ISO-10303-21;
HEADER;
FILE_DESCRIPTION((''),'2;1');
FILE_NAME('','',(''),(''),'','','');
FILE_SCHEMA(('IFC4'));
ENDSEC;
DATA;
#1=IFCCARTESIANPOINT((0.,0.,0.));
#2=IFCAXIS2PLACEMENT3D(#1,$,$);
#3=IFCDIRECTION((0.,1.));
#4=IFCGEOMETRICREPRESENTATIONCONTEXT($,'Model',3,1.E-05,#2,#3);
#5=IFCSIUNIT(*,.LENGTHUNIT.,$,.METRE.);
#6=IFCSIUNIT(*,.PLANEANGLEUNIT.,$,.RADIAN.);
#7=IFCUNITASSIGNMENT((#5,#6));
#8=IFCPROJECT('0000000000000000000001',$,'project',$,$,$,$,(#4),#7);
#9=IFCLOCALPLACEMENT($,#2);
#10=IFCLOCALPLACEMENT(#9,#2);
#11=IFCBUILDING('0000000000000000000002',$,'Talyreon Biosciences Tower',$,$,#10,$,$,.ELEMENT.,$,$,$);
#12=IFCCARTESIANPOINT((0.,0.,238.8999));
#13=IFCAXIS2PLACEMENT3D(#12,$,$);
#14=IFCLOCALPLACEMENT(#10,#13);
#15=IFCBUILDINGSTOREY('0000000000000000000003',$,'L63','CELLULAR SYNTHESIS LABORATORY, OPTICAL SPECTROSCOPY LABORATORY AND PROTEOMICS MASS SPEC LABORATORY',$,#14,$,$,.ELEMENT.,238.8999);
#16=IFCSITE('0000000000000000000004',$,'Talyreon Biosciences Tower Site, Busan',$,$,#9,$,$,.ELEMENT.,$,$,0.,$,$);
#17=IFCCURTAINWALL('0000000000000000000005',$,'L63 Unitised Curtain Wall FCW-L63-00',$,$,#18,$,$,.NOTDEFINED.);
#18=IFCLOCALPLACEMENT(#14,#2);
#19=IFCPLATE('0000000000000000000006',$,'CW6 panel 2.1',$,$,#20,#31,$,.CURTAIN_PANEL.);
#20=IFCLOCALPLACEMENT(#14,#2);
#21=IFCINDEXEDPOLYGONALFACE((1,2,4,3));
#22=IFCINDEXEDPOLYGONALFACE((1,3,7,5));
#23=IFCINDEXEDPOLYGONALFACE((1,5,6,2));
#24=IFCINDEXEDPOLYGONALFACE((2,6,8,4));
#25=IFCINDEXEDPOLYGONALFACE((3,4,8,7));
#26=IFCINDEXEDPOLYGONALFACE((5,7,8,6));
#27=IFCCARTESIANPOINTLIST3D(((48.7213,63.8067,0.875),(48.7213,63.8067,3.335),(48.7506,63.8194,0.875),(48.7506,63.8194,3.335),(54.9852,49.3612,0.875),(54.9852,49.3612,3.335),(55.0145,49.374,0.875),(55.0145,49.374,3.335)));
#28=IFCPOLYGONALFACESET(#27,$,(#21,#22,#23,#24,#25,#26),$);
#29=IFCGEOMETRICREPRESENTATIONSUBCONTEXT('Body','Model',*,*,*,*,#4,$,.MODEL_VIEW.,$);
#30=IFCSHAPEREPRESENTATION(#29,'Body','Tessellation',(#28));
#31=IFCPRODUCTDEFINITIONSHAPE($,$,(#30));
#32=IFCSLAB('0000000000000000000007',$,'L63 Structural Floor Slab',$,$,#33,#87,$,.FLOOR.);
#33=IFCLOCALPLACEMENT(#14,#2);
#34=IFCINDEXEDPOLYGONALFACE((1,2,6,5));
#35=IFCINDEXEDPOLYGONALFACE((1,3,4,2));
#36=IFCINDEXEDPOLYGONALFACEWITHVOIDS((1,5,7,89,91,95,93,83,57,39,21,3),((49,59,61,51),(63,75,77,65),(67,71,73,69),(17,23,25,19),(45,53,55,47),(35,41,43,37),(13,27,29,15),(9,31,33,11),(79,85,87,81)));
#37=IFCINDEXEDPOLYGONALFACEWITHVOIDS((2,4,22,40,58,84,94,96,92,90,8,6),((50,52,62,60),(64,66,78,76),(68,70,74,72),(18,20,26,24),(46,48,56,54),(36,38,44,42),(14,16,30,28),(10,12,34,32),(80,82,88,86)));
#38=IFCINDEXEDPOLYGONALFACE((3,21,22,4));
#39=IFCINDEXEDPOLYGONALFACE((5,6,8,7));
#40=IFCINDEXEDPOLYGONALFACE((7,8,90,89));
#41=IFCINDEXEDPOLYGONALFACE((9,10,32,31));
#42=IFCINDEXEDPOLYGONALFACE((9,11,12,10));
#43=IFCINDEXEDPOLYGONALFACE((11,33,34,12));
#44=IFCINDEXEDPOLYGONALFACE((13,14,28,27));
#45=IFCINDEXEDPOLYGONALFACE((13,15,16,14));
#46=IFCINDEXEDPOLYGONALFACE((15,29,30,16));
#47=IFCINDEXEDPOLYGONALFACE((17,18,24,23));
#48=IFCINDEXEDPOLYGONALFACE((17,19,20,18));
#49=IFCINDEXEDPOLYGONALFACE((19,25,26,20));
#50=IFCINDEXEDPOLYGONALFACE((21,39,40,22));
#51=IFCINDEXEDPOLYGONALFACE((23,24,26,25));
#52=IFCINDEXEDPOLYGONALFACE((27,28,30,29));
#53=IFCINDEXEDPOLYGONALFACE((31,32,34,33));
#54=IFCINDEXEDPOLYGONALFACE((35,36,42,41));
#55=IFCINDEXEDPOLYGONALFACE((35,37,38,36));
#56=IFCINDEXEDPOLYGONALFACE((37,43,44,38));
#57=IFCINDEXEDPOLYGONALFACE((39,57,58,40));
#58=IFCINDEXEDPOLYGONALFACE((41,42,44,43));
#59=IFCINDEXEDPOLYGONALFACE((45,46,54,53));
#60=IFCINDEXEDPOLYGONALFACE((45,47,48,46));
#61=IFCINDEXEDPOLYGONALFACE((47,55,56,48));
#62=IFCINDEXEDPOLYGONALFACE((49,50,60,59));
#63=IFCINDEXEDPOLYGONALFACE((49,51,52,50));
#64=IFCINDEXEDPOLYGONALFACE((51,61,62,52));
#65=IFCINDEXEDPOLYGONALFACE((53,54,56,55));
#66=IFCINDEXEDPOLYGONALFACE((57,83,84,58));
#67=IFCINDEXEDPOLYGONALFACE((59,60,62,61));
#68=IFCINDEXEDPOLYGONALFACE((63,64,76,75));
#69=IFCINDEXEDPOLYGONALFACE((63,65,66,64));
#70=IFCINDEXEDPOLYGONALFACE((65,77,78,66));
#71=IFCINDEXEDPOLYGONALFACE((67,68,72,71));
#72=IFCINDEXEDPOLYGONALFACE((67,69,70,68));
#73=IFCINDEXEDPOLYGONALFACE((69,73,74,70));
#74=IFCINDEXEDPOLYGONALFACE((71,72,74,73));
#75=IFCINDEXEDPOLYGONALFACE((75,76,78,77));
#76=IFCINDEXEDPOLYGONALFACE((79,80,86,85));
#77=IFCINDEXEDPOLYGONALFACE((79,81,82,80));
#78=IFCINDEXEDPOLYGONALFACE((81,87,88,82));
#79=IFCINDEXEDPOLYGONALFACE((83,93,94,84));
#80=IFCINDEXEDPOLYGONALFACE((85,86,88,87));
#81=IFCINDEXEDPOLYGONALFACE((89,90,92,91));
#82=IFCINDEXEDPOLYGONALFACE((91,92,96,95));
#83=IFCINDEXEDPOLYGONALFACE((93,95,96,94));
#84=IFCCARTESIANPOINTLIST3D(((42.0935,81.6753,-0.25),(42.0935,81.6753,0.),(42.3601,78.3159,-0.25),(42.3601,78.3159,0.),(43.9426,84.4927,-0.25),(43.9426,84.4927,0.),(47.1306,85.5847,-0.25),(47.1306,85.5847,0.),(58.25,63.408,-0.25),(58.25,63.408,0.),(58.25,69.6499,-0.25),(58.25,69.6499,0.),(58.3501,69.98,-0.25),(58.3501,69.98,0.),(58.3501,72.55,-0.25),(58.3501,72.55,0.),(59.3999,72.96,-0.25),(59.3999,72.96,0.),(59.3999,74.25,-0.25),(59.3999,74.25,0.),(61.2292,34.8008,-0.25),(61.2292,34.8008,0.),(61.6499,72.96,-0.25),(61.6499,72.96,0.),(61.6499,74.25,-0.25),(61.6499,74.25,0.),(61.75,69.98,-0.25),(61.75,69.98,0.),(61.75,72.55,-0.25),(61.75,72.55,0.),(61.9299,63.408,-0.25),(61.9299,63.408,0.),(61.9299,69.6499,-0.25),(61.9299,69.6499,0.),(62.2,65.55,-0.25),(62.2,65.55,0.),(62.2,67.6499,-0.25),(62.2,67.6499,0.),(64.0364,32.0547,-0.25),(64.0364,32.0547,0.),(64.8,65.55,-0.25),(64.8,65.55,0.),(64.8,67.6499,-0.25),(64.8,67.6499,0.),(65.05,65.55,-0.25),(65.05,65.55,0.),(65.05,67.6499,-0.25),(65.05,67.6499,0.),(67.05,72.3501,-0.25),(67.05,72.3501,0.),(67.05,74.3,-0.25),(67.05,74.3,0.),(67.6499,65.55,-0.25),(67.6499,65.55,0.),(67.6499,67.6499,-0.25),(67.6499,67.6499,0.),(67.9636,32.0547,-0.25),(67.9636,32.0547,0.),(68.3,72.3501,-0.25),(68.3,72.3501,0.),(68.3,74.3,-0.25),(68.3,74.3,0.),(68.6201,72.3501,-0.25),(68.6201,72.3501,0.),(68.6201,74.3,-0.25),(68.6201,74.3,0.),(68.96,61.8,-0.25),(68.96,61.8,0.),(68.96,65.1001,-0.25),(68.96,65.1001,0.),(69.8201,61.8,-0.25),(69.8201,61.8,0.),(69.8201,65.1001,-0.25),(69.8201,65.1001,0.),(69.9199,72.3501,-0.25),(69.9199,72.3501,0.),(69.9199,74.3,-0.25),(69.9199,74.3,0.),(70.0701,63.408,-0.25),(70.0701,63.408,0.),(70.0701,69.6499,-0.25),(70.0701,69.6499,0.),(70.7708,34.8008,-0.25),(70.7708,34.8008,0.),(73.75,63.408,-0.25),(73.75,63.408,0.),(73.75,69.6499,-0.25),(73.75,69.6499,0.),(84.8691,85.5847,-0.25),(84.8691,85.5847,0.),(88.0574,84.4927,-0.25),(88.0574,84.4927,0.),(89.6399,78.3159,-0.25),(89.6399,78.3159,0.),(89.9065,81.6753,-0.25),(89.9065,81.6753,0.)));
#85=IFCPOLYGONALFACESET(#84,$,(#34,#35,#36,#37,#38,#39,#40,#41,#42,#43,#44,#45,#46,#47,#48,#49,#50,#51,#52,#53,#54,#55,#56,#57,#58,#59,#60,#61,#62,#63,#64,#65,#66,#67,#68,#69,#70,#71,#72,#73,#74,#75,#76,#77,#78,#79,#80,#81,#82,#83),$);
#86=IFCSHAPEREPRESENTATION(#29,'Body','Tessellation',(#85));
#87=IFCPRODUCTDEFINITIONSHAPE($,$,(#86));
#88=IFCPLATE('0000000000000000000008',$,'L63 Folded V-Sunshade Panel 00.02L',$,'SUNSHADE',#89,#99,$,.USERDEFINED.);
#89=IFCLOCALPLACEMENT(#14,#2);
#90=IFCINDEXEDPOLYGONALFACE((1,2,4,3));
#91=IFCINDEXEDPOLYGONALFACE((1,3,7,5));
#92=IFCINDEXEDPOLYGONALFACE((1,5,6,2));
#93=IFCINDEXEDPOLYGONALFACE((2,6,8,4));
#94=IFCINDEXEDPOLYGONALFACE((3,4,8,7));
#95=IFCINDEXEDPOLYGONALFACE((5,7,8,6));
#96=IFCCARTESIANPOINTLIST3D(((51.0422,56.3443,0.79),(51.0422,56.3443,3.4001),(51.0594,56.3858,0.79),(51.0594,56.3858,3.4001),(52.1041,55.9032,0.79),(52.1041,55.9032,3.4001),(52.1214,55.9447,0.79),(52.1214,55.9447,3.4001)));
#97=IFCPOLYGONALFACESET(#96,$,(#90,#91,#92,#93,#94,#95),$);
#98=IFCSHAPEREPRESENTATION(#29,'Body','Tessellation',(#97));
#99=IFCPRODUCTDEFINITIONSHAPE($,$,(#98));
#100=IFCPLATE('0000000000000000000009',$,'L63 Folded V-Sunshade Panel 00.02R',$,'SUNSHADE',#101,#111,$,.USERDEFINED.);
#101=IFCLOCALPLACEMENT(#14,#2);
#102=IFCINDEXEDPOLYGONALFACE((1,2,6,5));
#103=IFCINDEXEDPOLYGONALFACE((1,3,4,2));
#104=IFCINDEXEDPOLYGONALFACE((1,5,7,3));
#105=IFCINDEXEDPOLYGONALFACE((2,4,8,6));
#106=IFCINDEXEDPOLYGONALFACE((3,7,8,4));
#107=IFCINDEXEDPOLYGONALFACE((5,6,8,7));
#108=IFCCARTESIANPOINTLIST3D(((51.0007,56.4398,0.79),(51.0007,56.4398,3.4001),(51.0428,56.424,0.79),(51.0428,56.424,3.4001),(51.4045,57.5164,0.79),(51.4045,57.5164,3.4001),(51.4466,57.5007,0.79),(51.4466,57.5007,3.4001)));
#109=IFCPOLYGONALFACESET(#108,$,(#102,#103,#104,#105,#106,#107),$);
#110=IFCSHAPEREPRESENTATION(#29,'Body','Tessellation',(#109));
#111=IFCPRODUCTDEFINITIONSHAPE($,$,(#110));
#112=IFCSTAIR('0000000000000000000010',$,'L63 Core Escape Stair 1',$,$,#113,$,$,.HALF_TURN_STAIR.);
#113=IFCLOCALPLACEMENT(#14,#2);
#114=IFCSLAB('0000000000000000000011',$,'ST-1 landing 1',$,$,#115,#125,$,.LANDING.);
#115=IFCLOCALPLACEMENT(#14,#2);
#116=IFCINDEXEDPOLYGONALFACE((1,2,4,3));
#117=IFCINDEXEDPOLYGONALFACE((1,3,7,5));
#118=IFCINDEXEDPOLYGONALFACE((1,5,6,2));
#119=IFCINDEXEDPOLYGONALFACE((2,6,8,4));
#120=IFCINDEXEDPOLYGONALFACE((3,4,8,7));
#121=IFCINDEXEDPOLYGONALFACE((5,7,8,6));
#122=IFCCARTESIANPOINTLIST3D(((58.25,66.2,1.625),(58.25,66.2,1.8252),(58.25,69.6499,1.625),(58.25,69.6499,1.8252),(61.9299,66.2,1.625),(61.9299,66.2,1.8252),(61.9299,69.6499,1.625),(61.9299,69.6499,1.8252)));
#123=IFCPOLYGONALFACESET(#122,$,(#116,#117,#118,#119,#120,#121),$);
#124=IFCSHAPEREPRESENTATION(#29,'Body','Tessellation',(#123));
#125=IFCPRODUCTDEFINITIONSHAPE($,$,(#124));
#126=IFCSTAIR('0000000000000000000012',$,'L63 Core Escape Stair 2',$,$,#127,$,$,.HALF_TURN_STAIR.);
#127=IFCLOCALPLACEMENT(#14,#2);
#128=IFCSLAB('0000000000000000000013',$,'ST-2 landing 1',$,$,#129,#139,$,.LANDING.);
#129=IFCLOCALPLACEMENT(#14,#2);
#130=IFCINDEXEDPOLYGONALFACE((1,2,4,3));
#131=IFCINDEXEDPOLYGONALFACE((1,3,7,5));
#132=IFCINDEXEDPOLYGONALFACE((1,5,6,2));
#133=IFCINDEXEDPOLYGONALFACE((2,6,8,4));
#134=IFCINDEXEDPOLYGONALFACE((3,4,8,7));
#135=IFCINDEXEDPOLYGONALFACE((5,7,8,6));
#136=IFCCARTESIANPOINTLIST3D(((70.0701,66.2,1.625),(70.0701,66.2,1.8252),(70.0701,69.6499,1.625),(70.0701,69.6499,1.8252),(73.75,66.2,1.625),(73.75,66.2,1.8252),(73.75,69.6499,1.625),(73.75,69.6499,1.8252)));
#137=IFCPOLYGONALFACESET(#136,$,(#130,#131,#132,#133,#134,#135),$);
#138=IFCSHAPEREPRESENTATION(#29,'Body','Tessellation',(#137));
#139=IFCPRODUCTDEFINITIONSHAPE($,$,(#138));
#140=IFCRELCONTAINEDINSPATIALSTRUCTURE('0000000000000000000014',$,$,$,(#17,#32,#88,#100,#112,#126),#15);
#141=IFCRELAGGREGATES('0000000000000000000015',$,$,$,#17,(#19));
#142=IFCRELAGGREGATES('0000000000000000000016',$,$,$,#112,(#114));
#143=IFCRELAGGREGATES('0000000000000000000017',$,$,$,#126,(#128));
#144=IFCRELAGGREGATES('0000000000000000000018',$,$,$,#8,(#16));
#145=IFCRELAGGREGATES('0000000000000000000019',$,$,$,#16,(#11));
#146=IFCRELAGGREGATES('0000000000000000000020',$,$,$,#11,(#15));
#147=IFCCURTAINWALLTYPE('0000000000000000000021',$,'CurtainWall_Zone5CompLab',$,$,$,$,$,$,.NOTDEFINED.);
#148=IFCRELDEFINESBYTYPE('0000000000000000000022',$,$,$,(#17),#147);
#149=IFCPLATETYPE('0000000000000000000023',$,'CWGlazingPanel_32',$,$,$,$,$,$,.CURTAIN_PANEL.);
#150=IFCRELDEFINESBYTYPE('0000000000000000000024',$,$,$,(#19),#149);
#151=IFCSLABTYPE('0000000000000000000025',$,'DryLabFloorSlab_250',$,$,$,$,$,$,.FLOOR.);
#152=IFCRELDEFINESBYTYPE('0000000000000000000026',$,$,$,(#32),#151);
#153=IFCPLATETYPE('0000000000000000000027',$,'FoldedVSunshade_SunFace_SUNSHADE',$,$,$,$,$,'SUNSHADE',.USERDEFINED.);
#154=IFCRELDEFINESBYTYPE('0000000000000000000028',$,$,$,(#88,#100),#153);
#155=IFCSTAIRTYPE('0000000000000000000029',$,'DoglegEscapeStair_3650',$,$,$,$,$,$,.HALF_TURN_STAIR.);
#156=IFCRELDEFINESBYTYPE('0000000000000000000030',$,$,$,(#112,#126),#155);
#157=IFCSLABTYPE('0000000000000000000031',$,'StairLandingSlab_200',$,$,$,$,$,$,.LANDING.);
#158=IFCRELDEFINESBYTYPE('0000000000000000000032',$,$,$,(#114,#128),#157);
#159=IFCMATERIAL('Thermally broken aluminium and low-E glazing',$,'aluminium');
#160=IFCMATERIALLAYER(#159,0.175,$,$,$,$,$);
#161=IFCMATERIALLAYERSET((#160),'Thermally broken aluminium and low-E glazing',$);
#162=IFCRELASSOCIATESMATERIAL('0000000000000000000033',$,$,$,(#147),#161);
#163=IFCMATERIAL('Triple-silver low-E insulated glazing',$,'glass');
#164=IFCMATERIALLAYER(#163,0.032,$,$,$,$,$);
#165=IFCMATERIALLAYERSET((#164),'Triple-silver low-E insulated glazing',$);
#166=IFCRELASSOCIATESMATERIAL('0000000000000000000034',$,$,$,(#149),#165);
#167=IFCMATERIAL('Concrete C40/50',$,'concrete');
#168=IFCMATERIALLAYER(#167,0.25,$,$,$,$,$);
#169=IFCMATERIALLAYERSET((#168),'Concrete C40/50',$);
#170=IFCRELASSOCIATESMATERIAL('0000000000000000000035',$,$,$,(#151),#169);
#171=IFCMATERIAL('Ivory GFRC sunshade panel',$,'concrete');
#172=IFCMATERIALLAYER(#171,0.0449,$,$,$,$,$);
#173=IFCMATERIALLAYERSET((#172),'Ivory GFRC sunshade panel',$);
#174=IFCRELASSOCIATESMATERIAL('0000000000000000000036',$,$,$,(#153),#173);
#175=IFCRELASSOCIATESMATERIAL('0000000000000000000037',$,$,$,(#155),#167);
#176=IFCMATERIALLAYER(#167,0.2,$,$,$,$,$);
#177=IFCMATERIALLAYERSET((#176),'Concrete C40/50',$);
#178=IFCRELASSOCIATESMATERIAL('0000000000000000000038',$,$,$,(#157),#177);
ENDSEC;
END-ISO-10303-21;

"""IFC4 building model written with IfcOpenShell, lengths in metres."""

from ifc_helpers import new_model, si_unit, direction, frame, origin, origin_2d, place, context, subcontext, project, spatial, polyline, rectangle, outline, extrude, material, layer, layer_set, type_object, element, aggregate, save


model = new_model("IFC4")

# Units and contexts
model_context = context("Model", 3, precision=1e-05, world=origin(), true_north=direction((0.0, 1.0)))
body_context = subcontext(model_context, "Body", "Model", "MODEL_VIEW")
ifc_project = project(units=[si_unit("LENGTHUNIT", "METRE"), si_unit("PLANEANGLEUNIT", "RADIAN")], contexts=[model_context])

# Site, building, storey
site_placement = place(None, origin())
site = spatial("IfcSite", under=ifc_project, at=site_placement, Name="Talyreon Biosciences Tower Site, Busan", CompositionType="ELEMENT", RefElevation=0.0)
building_placement = place(site_placement, origin())
building = spatial("IfcBuilding", under=site, at=building_placement, Name="Talyreon Biosciences Tower", CompositionType="ELEMENT")
storey_placement = place(building_placement, frame((0.0, 0.0, 238.8999)))
storey = spatial("IfcBuildingStorey", under=building, at=storey_placement, Name="L63", Description="CELLULAR SYNTHESIS LABORATORY, OPTICAL SPECTROSCOPY LABORATORY AND PROTEOMICS MASS SPEC LABORATORY", CompositionType="ELEMENT", Elevation=238.8999)

# Curtain wall
ifc_material_1 = material(Name="Thermally broken aluminium and low-E glazing", Category="aluminium")
ifc_layer_1 = layer(ifc_material_1, 0.175)
ifc_layer_set_1 = layer_set([ifc_layer_1], Name="Thermally broken aluminium and low-E glazing")
curtain_wall_type = type_object("IfcCurtainWallType", Name="CurtainWall_Zone5CompLab", PredefinedType="NOTDEFINED", material=ifc_layer_set_1)
curtain_wall_placement = place(storey_placement, origin())
curtain_wall = element("IfcCurtainWall", 1, at=curtain_wall_placement, inside=storey, type_object=curtain_wall_type, Name="L63 Unitised Curtain Wall FCW-L63-00", PredefinedType="NOTDEFINED")

# Plate
ifc_material_2 = material(Name="Triple-silver low-E insulated glazing", Category="glass")
ifc_layer_2 = layer(ifc_material_2, 0.032)
ifc_layer_set_2 = layer_set([ifc_layer_2], Name="Triple-silver low-E insulated glazing")
plate_type_1 = type_object("IfcPlateType", Name="CWGlazingPanel_32", PredefinedType="CURTAIN_PANEL", material=ifc_layer_set_2)
plate_placement = place(storey_placement, frame((51.8679, 56.5903, 0.875), z_axis=(0.0, 0.0, 1.0), x_axis=(-0.397832, 0.917458, 0.0)))
plate = element("IfcPlate", 2, at=plate_placement, type_object=plate_type_1, Name="CW6 panel 2.1", PredefinedType="CURTAIN_PANEL", context=body_context, shape_type="SweptSolid", body=[
    extrude(rectangle(XDim=15.7451, YDim=0.032, at=origin_2d()), origin(), (0.0, 0.0, 1.0), 2.46),
])
aggregate(curtain_wall, [plate])

# Slab
ifc_material_3 = material(Name="Concrete C40/50", Category="concrete")
ifc_layer_3 = layer(ifc_material_3, 0.25)
ifc_layer_set_3 = layer_set([ifc_layer_3], Name="Concrete C40/50")
slab_type_1 = type_object("IfcSlabType", Name="DryLabFloorSlab_250", PredefinedType="FLOOR", material=ifc_layer_set_3)
slab_1_placement = place(storey_placement, frame((0.0, 0.0, -0.25)))
element("IfcSlab", 3, at=slab_1_placement, inside=storey, type_object=slab_type_1, Name="L63 Structural Floor Slab", PredefinedType="FLOOR", context=body_context, shape_type="SweptSolid", body=[
    extrude(outline(polyline([(61.2292, 34.8008), (42.3601, 78.3159), (42.0935, 81.6753), (43.9426, 84.4927), (47.1306, 85.5847), (84.8691, 85.5847), (88.0574, 84.4927), (89.9065, 81.6753), (89.6399, 78.3159), (70.7708, 34.8008), (67.9636, 32.0547), (64.0364, 32.0547), (61.2292, 34.8008)]), holes=[polyline([(69.8201, 65.1001), (69.8201, 61.8), (68.96, 61.8), (68.96, 65.1001), (69.8201, 65.1001)]), polyline([(61.9299, 69.6499), (61.9299, 63.408), (58.25, 63.408), (58.25, 69.6499), (61.9299, 69.6499)]), polyline([(73.75, 69.6499), (73.75, 63.408), (70.0701, 63.408), (70.0701, 69.6499), (73.75, 69.6499)]), polyline([(64.8, 67.6499), (64.8, 65.55), (62.2, 65.55), (62.2, 67.6499), (64.8, 67.6499)]), polyline([(67.6499, 67.6499), (67.6499, 65.55), (65.05, 65.55), (65.05, 67.6499), (67.6499, 67.6499)]), polyline([(61.75, 72.55), (61.75, 69.98), (58.3501, 69.98), (58.3501, 72.55), (61.75, 72.55)]), polyline([(68.3, 74.3), (68.3, 72.3501), (67.05, 72.3501), (67.05, 74.3), (68.3, 74.3)]), polyline([(69.9199, 72.3501), (68.6201, 72.3501), (68.6201, 74.3), (69.9199, 74.3), (69.9199, 72.3501)]), polyline([(61.6499, 72.96), (59.3999, 72.96), (59.3999, 74.25), (61.6499, 74.25), (61.6499, 72.96)])]), origin(), (0.0, 0.0, 1.0), 0.25),
])

# Plates
ifc_material_4 = material(Name="Ivory GFRC sunshade panel", Category="concrete")
ifc_layer_4 = layer(ifc_material_4, 0.0449)
ifc_layer_set_4 = layer_set([ifc_layer_4], Name="Ivory GFRC sunshade panel")
plate_type_2 = type_object("IfcPlateType", Name="FoldedVSunshade_SunFace_SUNSHADE", ElementType="SUNSHADE", PredefinedType="USERDEFINED", material=ifc_layer_set_4)
for number, where, z_axis, x_axis, name in (
    (4, (51.5818, 56.1445, 0.79), (0.0, 0.0, 1.0), (-0.923498, 0.383602, 0.0), "L63 Folded V-Sunshade Panel 00.02L"),
    (5, (51.2236, 56.9702, 0.79), (0.0, 0.0, 1.0), (0.351139, 0.936323, 0.0), "L63 Folded V-Sunshade Panel 00.02R"),
):
    element("IfcPlate", number, at=place(storey_placement, frame(where, z_axis=z_axis, x_axis=x_axis)), inside=storey, type_object=plate_type_2, Name=name, ObjectType="SUNSHADE", PredefinedType="USERDEFINED", context=body_context, shape_type="SweptSolid", body=[
        extrude(rectangle(XDim=1.1499, YDim=0.0449, at=origin_2d()), origin(), (0.0, 0.0, 1.0), 2.6101),
    ])

# Stairs, slabs
stair_type = type_object("IfcStairType", Name="DoglegEscapeStair_3650", PredefinedType="HALF_TURN_STAIR", material=ifc_material_3)
stair_1_placement = place(storey_placement, origin())
stair_1 = element("IfcStair", 6, at=stair_1_placement, inside=storey, type_object=stair_type, Name="L63 Core Escape Stair 1", PredefinedType="HALF_TURN_STAIR")
ifc_layer_5 = layer(ifc_material_3, 0.2)
ifc_layer_set_5 = layer_set([ifc_layer_5], Name="Concrete C40/50")
slab_type_2 = type_object("IfcSlabType", Name="StairLandingSlab_200", PredefinedType="LANDING", material=ifc_layer_set_5)
slab_2_placement = place(storey_placement, frame((0.0, 0.0, 1.625)))
slab_2 = element("IfcSlab", 7, at=slab_2_placement, type_object=slab_type_2, Name="ST-1 landing 1", PredefinedType="LANDING", context=body_context, shape_type="SweptSolid", body=[
    extrude(outline(polyline([(61.9299, 66.2), (61.9299, 69.6499), (58.25, 69.6499), (58.25, 66.2), (61.9299, 66.2)])), origin(), (0.0, 0.0, 1.0), 0.2002),
])
aggregate(stair_1, [slab_2])
stair_2_placement = place(storey_placement, origin())
stair_2 = element("IfcStair", 8, at=stair_2_placement, inside=storey, type_object=stair_type, Name="L63 Core Escape Stair 2", PredefinedType="HALF_TURN_STAIR")
slab_3_placement = place(storey_placement, frame((0.0, 0.0, 1.625)))
slab_3 = element("IfcSlab", 9, at=slab_3_placement, type_object=slab_type_2, Name="ST-2 landing 1", PredefinedType="LANDING", context=body_context, shape_type="SweptSolid", body=[
    extrude(outline(polyline([(73.75, 66.2), (73.75, 69.6499), (70.0701, 69.6499), (70.0701, 66.2), (73.75, 66.2)])), origin(), (0.0, 0.0, 1.0), 0.2002),
])
aggregate(stair_2, [slab_3])

save(model, "model.ifc")
